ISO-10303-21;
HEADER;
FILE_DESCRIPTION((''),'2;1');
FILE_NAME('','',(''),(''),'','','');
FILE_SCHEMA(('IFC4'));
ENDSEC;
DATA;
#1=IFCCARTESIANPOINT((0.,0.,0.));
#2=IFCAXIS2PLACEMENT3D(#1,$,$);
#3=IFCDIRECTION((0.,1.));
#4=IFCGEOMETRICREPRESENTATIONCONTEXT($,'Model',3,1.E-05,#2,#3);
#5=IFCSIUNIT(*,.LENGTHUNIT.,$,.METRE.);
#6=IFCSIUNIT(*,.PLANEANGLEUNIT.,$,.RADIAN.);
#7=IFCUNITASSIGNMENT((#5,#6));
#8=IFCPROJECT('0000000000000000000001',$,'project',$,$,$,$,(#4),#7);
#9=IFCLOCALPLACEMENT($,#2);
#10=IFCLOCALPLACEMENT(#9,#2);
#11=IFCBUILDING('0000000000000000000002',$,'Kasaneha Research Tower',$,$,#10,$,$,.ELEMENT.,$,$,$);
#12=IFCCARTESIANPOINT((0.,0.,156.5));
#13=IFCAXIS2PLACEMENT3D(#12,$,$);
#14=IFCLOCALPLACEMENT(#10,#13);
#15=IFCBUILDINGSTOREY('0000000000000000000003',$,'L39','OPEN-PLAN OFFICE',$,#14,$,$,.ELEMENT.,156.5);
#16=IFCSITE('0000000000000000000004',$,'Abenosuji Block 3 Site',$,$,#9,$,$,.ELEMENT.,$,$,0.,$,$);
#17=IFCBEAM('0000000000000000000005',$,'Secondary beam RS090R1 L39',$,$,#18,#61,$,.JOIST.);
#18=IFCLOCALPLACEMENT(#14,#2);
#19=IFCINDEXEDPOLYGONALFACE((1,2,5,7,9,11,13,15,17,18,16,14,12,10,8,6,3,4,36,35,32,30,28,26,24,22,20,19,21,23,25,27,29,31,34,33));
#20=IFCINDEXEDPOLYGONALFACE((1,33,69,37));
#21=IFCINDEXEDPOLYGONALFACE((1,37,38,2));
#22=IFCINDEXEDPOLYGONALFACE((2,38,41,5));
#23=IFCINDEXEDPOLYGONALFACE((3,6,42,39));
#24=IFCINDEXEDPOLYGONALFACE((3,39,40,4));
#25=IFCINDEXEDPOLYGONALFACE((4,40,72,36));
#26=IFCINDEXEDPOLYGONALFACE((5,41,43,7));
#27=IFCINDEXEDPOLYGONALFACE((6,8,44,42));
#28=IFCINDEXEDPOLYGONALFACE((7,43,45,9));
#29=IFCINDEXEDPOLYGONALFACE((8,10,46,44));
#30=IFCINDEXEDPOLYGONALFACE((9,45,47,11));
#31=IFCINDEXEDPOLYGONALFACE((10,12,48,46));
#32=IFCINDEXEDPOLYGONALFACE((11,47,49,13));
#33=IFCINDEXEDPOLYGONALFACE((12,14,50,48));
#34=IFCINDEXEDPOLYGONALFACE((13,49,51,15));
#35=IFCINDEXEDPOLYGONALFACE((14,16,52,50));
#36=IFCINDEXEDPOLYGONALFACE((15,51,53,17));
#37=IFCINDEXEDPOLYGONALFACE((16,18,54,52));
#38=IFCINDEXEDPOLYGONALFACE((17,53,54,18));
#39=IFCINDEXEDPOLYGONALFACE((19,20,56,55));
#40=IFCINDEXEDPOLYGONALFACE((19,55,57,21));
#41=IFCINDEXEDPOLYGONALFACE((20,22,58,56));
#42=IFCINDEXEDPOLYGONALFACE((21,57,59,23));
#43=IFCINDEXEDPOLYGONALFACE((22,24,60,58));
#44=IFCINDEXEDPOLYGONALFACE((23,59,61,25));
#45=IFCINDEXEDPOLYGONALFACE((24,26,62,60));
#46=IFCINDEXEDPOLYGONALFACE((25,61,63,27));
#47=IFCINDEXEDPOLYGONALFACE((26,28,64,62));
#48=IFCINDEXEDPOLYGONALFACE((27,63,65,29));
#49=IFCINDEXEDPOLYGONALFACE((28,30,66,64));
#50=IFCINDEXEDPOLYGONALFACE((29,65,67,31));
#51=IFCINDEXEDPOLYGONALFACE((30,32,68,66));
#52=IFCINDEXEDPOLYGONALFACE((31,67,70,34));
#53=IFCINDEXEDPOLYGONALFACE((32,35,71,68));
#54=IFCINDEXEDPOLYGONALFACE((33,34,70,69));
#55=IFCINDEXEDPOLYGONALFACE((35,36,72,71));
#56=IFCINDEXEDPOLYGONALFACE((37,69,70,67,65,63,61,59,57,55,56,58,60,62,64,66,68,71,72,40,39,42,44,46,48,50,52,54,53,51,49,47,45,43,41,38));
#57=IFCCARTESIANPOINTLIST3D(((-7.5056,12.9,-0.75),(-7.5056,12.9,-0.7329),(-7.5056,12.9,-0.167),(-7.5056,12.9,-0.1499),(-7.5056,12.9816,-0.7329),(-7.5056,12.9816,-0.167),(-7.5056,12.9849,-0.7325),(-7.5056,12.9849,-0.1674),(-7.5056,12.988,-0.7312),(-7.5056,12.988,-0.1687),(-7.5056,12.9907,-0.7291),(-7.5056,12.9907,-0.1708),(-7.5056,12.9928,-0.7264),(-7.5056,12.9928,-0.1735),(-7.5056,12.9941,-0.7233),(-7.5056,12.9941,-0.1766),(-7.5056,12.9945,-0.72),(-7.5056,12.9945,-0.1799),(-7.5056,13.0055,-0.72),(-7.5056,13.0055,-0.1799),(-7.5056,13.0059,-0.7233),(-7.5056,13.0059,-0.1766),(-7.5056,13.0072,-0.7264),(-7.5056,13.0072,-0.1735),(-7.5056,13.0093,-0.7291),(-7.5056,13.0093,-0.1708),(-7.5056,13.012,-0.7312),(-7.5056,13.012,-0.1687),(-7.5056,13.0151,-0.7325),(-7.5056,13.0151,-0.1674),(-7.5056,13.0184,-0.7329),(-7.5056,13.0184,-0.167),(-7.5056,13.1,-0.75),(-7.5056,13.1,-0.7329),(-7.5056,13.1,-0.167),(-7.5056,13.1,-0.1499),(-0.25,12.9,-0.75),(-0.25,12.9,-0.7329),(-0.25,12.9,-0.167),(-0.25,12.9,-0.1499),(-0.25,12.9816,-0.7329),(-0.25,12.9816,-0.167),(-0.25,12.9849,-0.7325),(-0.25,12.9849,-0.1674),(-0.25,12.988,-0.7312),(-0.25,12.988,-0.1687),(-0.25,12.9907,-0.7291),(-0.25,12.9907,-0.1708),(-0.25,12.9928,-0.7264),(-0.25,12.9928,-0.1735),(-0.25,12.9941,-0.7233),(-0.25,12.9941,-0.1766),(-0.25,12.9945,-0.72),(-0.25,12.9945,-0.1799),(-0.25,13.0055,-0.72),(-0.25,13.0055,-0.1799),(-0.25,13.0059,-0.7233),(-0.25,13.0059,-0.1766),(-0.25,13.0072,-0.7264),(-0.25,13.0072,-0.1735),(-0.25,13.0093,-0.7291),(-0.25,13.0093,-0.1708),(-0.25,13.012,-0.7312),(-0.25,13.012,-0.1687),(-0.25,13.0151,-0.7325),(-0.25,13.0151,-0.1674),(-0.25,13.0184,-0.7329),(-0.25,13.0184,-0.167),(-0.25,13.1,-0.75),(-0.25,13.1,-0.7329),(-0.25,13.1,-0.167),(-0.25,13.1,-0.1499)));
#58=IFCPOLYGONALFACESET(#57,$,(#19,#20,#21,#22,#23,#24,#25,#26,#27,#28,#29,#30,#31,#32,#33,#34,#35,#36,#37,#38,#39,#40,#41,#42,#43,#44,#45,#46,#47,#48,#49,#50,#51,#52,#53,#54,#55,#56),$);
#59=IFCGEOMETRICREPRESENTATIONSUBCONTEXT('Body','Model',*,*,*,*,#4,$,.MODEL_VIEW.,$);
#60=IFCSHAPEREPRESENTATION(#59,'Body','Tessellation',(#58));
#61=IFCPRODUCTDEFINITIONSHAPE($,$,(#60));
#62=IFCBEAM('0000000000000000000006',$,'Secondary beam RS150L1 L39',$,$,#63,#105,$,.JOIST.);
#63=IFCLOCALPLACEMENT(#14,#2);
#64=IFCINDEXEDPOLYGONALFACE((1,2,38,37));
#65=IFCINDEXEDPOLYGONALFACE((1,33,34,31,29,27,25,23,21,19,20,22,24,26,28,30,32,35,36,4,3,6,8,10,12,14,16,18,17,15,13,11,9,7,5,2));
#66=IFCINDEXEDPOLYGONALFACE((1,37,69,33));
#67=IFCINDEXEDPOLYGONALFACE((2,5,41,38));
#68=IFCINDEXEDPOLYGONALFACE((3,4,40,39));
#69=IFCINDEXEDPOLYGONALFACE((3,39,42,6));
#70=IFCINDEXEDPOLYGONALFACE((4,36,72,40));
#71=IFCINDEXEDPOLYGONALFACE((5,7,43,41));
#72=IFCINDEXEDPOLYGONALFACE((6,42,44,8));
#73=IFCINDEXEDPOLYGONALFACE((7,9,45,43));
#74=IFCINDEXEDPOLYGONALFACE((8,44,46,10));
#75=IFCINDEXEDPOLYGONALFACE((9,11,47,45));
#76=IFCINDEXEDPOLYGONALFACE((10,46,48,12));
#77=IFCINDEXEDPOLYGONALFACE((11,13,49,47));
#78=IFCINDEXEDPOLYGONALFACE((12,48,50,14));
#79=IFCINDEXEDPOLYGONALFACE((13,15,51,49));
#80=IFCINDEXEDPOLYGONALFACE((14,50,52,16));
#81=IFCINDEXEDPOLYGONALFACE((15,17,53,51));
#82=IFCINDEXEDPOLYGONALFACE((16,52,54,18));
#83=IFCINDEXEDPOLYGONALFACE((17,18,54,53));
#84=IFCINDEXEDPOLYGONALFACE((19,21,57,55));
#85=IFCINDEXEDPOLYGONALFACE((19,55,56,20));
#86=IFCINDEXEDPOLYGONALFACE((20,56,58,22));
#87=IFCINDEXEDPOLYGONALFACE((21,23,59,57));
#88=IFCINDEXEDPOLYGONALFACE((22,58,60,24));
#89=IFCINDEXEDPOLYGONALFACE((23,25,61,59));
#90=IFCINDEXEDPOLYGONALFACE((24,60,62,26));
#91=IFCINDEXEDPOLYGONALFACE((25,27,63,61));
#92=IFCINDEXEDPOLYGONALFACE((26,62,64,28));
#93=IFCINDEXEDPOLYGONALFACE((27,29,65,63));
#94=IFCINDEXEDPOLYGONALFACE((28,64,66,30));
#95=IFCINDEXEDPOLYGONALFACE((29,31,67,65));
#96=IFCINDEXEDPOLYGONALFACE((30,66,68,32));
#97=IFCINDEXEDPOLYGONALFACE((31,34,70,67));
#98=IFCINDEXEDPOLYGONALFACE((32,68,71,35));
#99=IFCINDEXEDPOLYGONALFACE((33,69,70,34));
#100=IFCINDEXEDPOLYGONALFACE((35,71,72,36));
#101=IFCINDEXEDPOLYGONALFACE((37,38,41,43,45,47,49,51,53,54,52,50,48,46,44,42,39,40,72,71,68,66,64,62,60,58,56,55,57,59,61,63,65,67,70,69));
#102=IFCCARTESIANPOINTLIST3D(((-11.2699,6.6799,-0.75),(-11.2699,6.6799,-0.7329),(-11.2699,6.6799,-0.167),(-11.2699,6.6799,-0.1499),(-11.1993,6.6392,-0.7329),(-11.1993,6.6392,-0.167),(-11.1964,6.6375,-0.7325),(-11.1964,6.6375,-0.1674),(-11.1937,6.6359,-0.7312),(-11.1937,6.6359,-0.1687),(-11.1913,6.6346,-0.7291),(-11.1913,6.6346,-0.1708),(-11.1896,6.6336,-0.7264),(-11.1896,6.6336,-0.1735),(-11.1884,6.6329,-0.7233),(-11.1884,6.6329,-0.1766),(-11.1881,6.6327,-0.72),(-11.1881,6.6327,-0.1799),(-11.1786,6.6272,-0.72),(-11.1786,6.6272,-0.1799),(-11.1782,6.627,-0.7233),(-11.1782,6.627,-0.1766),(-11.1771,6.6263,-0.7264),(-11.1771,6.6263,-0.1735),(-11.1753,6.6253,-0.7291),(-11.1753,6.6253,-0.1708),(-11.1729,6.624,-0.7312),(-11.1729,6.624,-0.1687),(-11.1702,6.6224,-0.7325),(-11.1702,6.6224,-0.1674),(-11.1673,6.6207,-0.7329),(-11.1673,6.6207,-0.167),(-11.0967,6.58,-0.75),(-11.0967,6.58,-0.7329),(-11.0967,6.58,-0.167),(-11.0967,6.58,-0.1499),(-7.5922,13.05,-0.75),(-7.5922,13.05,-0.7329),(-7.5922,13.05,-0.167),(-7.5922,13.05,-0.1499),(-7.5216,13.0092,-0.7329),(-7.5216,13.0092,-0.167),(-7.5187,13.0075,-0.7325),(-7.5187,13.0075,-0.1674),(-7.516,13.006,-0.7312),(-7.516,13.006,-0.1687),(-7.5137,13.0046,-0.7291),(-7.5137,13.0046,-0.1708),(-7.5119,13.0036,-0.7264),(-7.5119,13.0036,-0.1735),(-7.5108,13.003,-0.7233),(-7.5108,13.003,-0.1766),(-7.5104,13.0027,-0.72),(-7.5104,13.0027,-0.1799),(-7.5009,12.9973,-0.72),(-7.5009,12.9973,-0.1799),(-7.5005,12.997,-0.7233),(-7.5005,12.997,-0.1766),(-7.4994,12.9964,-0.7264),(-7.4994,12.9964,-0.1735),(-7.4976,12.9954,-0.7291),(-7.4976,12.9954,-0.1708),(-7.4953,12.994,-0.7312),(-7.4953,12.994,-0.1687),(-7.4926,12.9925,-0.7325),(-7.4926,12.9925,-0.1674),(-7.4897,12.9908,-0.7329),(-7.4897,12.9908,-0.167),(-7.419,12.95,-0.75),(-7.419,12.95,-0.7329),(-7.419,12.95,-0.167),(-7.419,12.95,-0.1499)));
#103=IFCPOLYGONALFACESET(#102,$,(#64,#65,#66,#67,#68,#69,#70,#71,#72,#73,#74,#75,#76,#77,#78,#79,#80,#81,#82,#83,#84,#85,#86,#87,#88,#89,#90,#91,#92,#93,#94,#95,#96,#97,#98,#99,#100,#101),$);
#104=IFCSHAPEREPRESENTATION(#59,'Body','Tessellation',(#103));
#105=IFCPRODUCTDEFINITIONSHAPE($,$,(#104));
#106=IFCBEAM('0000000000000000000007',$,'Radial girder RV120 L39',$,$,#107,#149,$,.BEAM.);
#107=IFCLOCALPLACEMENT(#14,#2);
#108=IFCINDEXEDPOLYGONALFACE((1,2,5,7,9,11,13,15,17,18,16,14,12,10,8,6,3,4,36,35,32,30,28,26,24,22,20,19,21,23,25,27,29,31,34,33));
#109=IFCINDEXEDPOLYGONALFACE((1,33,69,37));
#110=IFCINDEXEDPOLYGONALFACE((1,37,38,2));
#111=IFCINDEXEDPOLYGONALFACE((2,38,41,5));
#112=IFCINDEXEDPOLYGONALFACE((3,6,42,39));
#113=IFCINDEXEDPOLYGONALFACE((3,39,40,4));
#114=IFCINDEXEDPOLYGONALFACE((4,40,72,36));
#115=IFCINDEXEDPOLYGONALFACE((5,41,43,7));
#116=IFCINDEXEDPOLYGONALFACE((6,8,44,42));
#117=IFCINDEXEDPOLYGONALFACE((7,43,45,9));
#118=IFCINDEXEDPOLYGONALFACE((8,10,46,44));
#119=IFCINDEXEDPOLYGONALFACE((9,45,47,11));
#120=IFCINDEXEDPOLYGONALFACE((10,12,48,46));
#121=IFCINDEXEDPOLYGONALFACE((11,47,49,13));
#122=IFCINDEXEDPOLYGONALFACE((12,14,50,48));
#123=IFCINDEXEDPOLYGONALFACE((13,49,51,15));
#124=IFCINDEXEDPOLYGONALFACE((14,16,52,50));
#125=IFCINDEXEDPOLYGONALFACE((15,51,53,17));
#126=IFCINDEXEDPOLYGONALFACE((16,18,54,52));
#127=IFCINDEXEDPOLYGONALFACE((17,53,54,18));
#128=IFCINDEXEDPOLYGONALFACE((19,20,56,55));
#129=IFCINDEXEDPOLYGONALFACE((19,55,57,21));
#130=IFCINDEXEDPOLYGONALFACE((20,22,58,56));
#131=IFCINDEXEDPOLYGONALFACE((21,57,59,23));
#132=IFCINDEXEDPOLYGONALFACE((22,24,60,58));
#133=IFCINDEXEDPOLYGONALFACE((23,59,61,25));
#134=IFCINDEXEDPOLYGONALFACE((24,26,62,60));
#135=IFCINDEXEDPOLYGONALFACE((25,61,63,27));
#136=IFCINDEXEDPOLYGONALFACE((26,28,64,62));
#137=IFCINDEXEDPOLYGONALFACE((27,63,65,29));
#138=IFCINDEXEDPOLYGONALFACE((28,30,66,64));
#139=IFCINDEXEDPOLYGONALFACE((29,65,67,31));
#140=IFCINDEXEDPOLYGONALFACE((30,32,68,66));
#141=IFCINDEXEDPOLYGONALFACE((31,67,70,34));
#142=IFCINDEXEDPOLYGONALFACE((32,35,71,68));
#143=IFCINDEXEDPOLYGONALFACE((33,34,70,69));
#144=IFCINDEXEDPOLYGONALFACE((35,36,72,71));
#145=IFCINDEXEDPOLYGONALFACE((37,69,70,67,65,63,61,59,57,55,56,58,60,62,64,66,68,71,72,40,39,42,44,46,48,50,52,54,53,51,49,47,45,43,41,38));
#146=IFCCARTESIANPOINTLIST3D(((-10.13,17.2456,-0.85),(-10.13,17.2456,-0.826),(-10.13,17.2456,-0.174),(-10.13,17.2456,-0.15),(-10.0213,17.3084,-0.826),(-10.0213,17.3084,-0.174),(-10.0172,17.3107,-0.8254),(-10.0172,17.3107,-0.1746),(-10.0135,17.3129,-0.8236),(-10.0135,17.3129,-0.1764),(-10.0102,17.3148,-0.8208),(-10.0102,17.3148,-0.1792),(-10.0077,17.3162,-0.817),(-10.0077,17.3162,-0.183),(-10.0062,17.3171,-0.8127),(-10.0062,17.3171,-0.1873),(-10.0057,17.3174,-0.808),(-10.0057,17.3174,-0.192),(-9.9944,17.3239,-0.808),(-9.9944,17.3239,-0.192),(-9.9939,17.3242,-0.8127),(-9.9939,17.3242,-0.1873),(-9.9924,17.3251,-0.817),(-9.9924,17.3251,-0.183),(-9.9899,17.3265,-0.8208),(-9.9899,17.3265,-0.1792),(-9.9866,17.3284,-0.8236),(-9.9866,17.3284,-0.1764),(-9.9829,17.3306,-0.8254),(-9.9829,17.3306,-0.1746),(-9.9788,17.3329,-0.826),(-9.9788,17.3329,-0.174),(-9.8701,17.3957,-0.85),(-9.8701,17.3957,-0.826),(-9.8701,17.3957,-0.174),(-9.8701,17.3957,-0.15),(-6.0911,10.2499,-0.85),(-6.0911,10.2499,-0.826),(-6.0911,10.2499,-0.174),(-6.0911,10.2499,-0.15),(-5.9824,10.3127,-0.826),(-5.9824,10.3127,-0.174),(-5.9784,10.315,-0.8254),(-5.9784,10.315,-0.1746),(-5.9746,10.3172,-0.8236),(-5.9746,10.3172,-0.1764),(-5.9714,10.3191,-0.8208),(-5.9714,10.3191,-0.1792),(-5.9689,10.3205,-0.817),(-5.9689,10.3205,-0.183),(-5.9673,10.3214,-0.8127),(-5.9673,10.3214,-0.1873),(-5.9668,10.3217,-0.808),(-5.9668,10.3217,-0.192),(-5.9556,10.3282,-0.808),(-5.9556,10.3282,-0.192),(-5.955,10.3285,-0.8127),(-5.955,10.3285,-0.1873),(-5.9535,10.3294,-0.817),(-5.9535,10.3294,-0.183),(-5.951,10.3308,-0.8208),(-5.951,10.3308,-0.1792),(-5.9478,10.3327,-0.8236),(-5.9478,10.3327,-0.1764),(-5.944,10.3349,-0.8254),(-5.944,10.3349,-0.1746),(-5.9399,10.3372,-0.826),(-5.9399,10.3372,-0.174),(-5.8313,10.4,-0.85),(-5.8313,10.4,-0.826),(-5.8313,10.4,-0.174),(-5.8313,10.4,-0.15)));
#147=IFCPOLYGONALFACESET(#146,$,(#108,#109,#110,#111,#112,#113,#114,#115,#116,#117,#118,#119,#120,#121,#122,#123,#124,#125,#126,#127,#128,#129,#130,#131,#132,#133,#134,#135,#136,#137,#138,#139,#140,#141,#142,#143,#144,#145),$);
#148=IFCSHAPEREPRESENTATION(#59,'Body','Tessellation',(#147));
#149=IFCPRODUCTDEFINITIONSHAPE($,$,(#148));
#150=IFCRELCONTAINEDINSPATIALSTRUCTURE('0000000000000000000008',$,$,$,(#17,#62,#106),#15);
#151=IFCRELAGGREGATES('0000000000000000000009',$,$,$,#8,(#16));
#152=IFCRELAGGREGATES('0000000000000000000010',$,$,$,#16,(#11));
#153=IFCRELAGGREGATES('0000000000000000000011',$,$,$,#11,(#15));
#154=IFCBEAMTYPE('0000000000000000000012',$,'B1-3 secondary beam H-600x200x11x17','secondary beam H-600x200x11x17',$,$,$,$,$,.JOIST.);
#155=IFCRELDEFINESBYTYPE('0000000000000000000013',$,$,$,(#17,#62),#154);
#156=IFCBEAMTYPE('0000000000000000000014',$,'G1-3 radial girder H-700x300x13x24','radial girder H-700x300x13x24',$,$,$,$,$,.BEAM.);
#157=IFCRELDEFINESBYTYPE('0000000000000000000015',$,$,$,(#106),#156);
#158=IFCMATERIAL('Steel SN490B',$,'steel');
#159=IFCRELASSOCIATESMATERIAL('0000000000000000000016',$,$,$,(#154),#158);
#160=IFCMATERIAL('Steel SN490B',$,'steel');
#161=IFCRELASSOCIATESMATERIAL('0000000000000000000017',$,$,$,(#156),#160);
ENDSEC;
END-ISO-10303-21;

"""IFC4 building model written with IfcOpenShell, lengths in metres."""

from ifc_helpers import new_model, si_unit, direction, frame, origin, origin_2d, place, context, subcontext, project, spatial, i_section, extrude, material, material_profile, profile_set, type_object, element, save


model = new_model("IFC4")

# Units and contexts
model_context = context("Model", 3, precision=1e-05, world=origin(), true_north=direction((0.0, 1.0)))
body_context = subcontext(model_context, "Body", "Model", "MODEL_VIEW")
ifc_project = project(units=[si_unit("LENGTHUNIT", "METRE"), si_unit("PLANEANGLEUNIT", "RADIAN")], contexts=[model_context])

# Site, building, storey
site_placement = place(None, origin())
site = spatial("IfcSite", under=ifc_project, at=site_placement, Name="Abenosuji Block 3 Site", CompositionType="ELEMENT", RefElevation=0.0)
building_placement = place(site_placement, origin())
building = spatial("IfcBuilding", under=site, at=building_placement, Name="Kasaneha Research Tower", CompositionType="ELEMENT")
storey_placement = place(building_placement, frame((0.0, 0.0, 156.5)))
storey = spatial("IfcBuildingStorey", under=building, at=storey_placement, Name="L39", Description="OPEN-PLAN OFFICE", CompositionType="ELEMENT", Elevation=156.5)

# Beams
ifc_material_1 = material(Name="Steel SN490B", Category="steel")
ifc_material_profile_1 = material_profile(ifc_material_1, i_section(OverallWidth=0.2, OverallDepth=0.6001, WebThickness=0.011, FlangeThickness=0.0171, FilletRadius=0.0129, at=origin_2d()), Name="H-600x200x11x17")
ifc_profile_set_1 = profile_set([ifc_material_profile_1], Name="Steel SN490B")
beam_type_1 = type_object("IfcBeamType", Name="B1-3 secondary beam H-600x200x11x17", Description="secondary beam H-600x200x11x17", PredefinedType="JOIST", material=ifc_profile_set_1)
beam_1_placement = place(storey_placement, frame((-7.5056, 13.0, -0.45), z_axis=(1.0, 0.0, 0.0), x_axis=(0.0, 1.0, 0.0)))
element("IfcBeam", 1, at=beam_1_placement, inside=storey, type_object=beam_type_1, Name="Secondary beam RS090R1 L39", PredefinedType="JOIST", context=body_context, shape_type="SweptSolid", body=[
    extrude(i_section(OverallWidth=0.2, OverallDepth=0.6001, WebThickness=0.011, FlangeThickness=0.0171, FilletRadius=0.0129, at=origin_2d()), origin(), (0.0, 0.0, 1.0), 7.2556),
])
beam_2_placement = place(storey_placement, frame((-7.5056, 13.0, -0.45), z_axis=(-0.499994, -0.866029, 0.0), x_axis=(0.866029, -0.499994, 0.0)))
element("IfcBeam", 2, at=beam_2_placement, inside=storey, type_object=beam_type_1, Name="Secondary beam RS150L1 L39", PredefinedType="JOIST", context=body_context, shape_type="SweptSolid", body=[
    extrude(i_section(OverallWidth=0.2, OverallDepth=0.6001, WebThickness=0.011, FlangeThickness=0.0171, FilletRadius=0.0129, at=origin_2d()), origin(), (0.0, 0.0, 1.0), 7.3555),
])
ifc_material_2 = material(Name="Steel SN490B", Category="steel")
ifc_material_profile_2 = material_profile(ifc_material_2, i_section(OverallWidth=0.3, OverallDepth=0.7, WebThickness=0.0129, FlangeThickness=0.0239, FilletRadius=0.0181, at=origin_2d()), Name="H-700x300x13x24")
ifc_profile_set_2 = profile_set([ifc_material_profile_2], Name="Steel SN490B")
beam_type_2 = type_object("IfcBeamType", Name="G1-3 radial girder H-700x300x13x24", Description="radial girder H-700x300x13x24", PredefinedType="BEAM", material=ifc_profile_set_2)
beam_3_placement = place(storey_placement, frame((-5.9612, 10.325, -0.5), z_axis=(-0.499991, 0.866031, 0.0), x_axis=(-0.866031, -0.499991, 0.0)))
element("IfcBeam", 3, at=beam_3_placement, inside=storey, type_object=beam_type_2, Name="Radial girder RV120 L39", PredefinedType="BEAM", context=body_context, shape_type="SweptSolid", body=[
    extrude(i_section(OverallWidth=0.3, OverallDepth=0.7, WebThickness=0.0129, FlangeThickness=0.0239, FilletRadius=0.0181, at=origin_2d()), origin(), (0.0, 0.0, 1.0), 8.0779),
])

save(model, "model.ifc")
